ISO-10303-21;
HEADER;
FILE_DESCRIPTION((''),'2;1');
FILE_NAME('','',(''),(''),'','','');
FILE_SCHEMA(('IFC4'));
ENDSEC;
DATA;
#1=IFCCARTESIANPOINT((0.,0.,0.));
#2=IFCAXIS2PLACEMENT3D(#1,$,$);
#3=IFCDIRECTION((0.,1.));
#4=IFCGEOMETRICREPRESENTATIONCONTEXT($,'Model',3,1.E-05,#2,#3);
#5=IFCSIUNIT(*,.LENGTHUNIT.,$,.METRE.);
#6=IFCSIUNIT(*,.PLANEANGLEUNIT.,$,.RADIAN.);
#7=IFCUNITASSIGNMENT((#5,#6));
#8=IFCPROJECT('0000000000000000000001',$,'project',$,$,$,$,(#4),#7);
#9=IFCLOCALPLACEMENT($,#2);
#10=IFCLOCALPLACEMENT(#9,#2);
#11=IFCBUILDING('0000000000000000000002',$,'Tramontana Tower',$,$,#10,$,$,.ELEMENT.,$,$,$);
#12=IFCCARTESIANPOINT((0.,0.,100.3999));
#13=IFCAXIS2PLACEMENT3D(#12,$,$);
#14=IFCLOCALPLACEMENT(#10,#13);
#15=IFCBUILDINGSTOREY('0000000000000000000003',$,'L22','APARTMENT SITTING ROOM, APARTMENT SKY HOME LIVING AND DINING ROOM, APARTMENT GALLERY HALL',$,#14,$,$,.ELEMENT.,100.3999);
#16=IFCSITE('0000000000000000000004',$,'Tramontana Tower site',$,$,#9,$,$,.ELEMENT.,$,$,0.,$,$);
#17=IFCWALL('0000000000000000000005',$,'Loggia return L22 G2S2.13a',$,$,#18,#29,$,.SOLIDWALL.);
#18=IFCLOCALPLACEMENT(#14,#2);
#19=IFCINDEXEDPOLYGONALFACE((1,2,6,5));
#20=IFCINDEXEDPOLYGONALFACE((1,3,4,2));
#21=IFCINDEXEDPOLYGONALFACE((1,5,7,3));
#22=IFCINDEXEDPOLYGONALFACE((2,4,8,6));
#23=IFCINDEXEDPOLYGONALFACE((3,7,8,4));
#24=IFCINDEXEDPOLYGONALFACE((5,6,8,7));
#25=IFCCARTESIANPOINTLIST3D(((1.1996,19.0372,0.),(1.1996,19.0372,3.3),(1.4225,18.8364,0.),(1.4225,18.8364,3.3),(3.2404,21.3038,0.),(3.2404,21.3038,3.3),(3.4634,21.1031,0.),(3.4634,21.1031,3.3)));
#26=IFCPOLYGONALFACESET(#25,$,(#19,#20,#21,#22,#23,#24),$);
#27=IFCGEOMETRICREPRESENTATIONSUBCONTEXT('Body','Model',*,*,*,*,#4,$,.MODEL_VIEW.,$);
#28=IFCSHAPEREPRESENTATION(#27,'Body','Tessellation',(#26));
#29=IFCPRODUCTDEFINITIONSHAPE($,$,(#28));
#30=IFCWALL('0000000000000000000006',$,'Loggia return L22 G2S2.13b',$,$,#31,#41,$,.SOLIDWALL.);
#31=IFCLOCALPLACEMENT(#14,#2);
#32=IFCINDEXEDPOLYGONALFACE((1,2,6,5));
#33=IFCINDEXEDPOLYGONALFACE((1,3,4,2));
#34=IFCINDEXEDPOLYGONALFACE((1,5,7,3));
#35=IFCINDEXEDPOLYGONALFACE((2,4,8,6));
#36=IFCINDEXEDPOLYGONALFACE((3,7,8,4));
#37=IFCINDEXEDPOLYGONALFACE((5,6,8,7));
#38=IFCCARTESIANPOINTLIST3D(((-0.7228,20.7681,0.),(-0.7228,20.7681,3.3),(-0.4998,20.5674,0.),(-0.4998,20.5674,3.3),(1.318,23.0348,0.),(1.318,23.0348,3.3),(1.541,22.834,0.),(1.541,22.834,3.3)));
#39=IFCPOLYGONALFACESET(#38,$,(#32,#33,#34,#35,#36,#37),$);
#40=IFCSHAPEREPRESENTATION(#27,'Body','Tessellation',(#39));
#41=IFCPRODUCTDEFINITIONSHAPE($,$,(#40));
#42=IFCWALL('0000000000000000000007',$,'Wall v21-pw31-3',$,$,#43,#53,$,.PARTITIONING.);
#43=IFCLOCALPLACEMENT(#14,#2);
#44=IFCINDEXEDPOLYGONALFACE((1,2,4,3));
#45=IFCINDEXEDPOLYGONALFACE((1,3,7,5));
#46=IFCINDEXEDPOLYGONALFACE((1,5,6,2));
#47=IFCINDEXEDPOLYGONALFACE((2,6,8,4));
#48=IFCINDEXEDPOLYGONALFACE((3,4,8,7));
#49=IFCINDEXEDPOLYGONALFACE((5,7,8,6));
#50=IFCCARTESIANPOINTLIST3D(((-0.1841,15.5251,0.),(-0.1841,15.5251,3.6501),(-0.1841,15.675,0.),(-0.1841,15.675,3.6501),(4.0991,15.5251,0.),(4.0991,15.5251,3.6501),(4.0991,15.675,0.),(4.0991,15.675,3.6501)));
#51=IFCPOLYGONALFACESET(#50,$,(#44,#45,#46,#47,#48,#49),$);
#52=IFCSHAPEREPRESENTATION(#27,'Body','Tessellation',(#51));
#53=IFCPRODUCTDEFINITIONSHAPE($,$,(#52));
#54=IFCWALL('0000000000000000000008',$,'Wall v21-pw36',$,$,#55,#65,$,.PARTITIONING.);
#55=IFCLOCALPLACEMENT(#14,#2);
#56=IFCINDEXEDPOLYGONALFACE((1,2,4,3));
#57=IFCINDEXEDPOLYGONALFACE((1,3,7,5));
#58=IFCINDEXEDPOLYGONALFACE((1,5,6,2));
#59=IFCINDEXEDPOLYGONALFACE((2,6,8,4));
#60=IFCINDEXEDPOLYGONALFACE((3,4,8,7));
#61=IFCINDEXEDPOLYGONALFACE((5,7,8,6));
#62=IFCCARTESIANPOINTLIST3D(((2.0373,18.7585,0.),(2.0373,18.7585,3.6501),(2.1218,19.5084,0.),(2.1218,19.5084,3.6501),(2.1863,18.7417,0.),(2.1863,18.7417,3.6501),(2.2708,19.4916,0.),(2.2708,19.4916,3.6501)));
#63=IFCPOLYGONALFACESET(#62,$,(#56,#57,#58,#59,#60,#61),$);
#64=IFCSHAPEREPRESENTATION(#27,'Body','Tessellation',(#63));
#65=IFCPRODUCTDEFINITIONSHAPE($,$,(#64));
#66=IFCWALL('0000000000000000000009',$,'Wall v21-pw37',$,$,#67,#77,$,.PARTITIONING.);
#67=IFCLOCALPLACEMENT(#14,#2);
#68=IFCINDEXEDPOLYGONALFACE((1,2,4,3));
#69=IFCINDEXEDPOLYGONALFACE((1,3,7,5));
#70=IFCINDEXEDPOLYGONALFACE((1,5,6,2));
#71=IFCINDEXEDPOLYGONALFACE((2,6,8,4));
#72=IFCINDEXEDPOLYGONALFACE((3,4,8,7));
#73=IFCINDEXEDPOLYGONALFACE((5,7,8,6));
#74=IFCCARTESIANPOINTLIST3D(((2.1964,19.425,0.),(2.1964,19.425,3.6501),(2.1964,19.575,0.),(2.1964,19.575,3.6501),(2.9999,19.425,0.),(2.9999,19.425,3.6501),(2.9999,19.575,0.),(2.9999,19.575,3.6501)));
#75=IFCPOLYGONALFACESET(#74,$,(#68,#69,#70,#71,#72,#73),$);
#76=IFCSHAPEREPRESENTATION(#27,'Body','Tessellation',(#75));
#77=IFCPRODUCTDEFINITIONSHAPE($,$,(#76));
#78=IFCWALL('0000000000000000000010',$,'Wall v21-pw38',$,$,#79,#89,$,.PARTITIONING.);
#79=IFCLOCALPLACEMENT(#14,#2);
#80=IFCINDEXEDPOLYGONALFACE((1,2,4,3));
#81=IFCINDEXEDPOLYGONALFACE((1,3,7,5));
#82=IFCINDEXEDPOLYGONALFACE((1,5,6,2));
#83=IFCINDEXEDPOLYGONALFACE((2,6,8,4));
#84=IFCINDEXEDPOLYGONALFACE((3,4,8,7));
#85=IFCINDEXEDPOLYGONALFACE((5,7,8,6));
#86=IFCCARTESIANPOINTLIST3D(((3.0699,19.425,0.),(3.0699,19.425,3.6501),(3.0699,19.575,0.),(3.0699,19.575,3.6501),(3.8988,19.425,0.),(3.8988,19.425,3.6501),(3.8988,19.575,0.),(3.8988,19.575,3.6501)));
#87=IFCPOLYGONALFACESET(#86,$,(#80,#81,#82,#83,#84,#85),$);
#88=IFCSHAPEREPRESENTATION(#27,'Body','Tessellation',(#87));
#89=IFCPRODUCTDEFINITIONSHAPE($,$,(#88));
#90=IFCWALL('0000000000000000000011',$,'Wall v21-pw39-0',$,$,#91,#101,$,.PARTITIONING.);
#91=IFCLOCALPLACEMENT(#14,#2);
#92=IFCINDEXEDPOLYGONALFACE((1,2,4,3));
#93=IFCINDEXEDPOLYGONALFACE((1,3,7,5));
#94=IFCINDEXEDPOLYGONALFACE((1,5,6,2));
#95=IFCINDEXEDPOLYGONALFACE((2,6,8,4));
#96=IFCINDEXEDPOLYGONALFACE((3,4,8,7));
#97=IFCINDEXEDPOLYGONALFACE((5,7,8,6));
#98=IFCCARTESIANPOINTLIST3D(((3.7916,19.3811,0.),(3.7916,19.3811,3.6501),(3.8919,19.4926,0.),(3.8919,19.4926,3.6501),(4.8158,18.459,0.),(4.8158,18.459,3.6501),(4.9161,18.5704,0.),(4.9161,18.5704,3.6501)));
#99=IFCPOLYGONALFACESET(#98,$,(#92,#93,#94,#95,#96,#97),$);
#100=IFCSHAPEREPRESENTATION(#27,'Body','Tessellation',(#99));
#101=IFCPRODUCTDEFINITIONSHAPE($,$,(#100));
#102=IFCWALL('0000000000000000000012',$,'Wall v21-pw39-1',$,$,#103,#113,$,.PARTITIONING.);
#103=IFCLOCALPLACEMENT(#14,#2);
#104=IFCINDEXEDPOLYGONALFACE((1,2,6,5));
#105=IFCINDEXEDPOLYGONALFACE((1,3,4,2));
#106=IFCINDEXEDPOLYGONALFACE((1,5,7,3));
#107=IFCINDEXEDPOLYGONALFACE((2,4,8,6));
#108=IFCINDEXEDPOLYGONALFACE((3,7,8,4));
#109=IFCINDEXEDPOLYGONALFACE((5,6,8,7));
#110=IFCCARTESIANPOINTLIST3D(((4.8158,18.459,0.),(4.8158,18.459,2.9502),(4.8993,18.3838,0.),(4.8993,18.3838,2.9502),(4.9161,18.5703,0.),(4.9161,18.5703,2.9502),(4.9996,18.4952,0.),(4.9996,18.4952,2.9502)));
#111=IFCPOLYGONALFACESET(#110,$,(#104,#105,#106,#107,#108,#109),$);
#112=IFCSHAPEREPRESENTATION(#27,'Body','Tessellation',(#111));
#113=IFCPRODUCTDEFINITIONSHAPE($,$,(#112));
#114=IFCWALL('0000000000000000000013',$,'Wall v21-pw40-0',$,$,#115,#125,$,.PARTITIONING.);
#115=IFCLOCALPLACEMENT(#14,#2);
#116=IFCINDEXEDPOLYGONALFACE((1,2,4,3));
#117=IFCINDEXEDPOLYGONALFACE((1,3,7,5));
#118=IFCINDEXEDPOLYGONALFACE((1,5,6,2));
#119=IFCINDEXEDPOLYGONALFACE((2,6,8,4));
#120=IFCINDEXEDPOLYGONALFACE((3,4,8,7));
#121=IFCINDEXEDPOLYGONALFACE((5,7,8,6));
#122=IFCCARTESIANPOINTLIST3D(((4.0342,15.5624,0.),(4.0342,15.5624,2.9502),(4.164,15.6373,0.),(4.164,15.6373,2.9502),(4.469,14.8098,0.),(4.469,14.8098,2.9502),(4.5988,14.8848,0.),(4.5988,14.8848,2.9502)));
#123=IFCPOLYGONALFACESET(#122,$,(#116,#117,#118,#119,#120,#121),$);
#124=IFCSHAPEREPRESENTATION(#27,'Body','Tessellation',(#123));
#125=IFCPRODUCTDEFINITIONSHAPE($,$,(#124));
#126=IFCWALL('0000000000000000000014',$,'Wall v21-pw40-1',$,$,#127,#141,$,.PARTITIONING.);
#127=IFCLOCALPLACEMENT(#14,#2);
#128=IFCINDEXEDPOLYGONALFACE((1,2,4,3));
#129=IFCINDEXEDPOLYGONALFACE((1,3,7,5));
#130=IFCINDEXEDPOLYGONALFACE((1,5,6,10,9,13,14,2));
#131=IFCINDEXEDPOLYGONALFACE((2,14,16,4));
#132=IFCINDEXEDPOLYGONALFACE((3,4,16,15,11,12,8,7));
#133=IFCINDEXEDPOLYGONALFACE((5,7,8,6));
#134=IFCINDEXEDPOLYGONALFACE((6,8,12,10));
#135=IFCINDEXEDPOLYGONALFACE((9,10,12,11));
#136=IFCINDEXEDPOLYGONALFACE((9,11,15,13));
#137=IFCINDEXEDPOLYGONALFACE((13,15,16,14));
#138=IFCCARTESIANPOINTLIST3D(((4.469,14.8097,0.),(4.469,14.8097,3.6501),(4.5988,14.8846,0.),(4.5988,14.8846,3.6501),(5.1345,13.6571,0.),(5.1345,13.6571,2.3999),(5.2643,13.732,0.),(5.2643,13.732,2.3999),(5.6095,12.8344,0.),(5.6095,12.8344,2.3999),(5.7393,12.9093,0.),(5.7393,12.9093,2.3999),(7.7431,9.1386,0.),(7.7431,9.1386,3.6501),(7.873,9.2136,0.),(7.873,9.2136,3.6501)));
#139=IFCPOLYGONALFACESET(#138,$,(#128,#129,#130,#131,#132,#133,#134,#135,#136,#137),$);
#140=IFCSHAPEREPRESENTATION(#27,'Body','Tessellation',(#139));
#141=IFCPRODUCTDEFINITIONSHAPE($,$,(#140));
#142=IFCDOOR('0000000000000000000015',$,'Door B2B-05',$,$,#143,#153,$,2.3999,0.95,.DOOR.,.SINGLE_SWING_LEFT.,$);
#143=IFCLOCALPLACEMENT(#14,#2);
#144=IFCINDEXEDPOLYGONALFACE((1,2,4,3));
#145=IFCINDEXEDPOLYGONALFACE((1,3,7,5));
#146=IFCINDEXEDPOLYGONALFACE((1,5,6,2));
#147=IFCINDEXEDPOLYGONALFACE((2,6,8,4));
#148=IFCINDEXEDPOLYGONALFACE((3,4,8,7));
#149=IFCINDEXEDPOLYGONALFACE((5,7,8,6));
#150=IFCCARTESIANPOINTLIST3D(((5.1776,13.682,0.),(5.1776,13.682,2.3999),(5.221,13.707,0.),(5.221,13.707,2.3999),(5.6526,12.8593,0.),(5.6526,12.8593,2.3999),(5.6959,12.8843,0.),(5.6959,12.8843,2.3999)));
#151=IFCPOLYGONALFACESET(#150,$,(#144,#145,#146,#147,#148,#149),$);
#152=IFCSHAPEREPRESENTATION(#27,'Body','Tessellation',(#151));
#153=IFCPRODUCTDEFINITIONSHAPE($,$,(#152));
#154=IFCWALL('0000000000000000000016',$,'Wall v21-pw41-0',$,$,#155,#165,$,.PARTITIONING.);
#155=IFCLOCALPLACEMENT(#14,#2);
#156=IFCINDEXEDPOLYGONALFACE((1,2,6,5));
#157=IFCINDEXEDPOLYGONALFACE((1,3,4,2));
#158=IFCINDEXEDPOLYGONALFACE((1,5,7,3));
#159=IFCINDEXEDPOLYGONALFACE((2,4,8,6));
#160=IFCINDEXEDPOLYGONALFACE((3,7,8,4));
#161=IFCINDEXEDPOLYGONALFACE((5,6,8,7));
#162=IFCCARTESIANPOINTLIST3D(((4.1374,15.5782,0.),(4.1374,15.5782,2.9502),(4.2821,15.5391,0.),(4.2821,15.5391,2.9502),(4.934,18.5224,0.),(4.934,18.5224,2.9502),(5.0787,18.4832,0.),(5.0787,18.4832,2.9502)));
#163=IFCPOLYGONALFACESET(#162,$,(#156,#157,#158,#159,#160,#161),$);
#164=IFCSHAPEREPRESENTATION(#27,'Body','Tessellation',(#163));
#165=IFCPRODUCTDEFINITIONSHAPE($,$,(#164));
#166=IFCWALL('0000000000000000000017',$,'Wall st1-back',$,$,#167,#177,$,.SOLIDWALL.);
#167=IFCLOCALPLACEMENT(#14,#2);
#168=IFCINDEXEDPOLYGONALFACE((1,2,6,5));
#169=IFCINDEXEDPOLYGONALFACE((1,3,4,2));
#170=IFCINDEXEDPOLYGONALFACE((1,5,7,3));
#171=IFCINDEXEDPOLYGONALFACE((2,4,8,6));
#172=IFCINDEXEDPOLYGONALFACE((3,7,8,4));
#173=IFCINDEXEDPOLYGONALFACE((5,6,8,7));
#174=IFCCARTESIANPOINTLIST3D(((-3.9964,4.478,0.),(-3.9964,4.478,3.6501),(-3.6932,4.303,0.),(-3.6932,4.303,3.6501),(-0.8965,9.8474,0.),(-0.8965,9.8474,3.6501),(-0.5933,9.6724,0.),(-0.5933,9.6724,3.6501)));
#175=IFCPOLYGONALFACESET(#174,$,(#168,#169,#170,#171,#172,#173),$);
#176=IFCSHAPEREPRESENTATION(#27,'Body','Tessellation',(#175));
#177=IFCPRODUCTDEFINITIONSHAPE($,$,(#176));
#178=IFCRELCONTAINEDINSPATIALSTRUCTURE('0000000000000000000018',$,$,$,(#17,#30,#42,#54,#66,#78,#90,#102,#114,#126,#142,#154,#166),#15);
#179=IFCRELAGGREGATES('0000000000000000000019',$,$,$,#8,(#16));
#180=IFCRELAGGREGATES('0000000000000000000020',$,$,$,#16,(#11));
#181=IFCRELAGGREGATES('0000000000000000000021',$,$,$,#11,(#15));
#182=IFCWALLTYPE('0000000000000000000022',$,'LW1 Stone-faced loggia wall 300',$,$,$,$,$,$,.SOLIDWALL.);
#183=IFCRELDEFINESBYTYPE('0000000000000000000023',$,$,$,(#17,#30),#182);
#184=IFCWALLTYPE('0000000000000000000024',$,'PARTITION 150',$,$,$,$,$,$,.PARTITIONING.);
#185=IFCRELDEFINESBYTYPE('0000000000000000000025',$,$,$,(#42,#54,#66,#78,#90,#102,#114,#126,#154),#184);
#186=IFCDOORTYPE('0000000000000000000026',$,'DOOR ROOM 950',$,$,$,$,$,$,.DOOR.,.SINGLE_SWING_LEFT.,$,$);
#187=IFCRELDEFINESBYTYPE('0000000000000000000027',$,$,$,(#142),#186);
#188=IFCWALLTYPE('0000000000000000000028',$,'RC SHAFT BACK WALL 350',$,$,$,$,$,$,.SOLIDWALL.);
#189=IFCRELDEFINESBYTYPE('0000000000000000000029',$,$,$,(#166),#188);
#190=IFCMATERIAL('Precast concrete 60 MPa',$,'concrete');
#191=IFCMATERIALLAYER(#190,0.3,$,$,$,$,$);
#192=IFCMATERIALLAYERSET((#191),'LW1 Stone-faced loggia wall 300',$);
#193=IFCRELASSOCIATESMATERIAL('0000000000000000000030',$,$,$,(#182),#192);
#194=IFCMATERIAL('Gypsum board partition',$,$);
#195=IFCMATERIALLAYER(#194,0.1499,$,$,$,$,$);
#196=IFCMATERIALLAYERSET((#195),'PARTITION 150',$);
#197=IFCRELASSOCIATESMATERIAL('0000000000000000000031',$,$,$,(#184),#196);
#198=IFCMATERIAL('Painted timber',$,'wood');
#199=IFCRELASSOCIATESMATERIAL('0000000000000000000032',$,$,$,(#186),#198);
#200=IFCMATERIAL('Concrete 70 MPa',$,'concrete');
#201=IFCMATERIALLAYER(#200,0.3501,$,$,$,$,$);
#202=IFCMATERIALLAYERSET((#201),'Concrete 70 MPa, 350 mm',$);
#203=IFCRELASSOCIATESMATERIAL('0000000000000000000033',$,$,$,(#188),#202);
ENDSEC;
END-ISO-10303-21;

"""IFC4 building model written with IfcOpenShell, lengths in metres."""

from ifc_helpers import new_model, si_unit, direction, frame, frame_2d, origin, place, context, subcontext, project, spatial, rectangle, extrude, material, layer, layer_set, type_object, element, fill, save


model = new_model("IFC4")

# Units and contexts
model_context = context("Model", 3, precision=1e-05, world=origin(), true_north=direction((0.0, 1.0)))
body_context = subcontext(model_context, "Body", "Model", "MODEL_VIEW")
ifc_project = project(units=[si_unit("LENGTHUNIT", "METRE"), si_unit("PLANEANGLEUNIT", "RADIAN")], contexts=[model_context])

# Site, building, storey
site_placement = place(None, origin())
site = spatial("IfcSite", under=ifc_project, at=site_placement, Name="Tramontana Tower site", CompositionType="ELEMENT", RefElevation=0.0)
building_placement = place(site_placement, origin())
building = spatial("IfcBuilding", under=site, at=building_placement, Name="Tramontana Tower", CompositionType="ELEMENT")
storey_placement = place(building_placement, frame((0.0, 0.0, 100.3999)))
storey = spatial("IfcBuildingStorey", under=building, at=storey_placement, Name="L22", Description="APARTMENT SITTING ROOM, APARTMENT SKY HOME LIVING AND DINING ROOM, APARTMENT GALLERY HALL", CompositionType="ELEMENT", Elevation=100.3999)

# Shared definitions
ifc_material_1 = material(Name="Precast concrete 60 MPa", Category="concrete")
ifc_layer_1 = layer(ifc_material_1, 0.3)
ifc_layer_set_1 = layer_set([ifc_layer_1], Name="LW1 Stone-faced loggia wall 300")
wall_type_1 = type_object("IfcWallType", Name="LW1 Stone-faced loggia wall 300", PredefinedType="SOLIDWALL", material=ifc_layer_set_1)

# Walls
for number, where, z_axis, x_axis, name in (
    (1, (3.3518, 21.2034, 0.0), (0.0, 0.0, 1.0), (-0.669115, -0.743159, 0.0), "Loggia return L22 G2S2.13a"),
    (2, (1.4294, 22.9343, 0.0), (0.0, 0.0, 1.0), (-0.669115, -0.743159, 0.0), "Loggia return L22 G2S2.13b"),
):
    element("IfcWall", number, at=place(storey_placement, frame(where, z_axis=z_axis, x_axis=x_axis)), inside=storey, type_object=wall_type_1, Name=name, PredefinedType="SOLIDWALL", context=body_context, shape_type="SweptSolid", body=[
        extrude(rectangle(XDim=3.05, YDim=0.3, at=frame_2d((1.5249, 0.0))), origin(), (0.0, 0.0, 1.0), 3.3),
    ])
ifc_material_2 = material(Name="Gypsum board partition")
ifc_layer_2 = layer(ifc_material_2, 0.1499)
ifc_layer_set_2 = layer_set([ifc_layer_2], Name="PARTITION 150")
wall_type_2 = type_object("IfcWallType", Name="PARTITION 150", PredefinedType="PARTITIONING", material=ifc_layer_set_2)
wall_1_placement = place(storey_placement, frame((-0.1841, 15.6001, 0.0), z_axis=(0.0, 0.0, 1.0), x_axis=(1.0, 0.0, 0.0)))
element("IfcWall", 3, at=wall_1_placement, inside=storey, type_object=wall_type_2, Name="Wall v21-pw31-3", PredefinedType="PARTITIONING", context=body_context, shape_type="SweptSolid", body=[
    extrude(rectangle(XDim=4.2832, YDim=0.1499, at=frame_2d((2.1416, 0.0))), origin(), (0.0, 0.0, 1.0), 3.6501),
])

# Walls
wall_2_placement = place(storey_placement, frame((2.1118, 18.75, 0.0), z_axis=(0.0, 0.0, 1.0), x_axis=(0.111923, 0.993717, 0.0)))
element("IfcWall", 4, at=wall_2_placement, inside=storey, type_object=wall_type_2, Name="Wall v21-pw36", PredefinedType="PARTITIONING", context=body_context, shape_type="SweptSolid", body=[
    extrude(rectangle(XDim=0.7546, YDim=0.1499, at=frame_2d((0.3774, 0.0))), origin(), (0.0, 0.0, 1.0), 3.6501),
])
wall_3_placement = place(storey_placement, frame((2.1963, 19.5, 0.0), z_axis=(0.0, 0.0, 1.0), x_axis=(1.0, 0.0, 0.0)))
element("IfcWall", 5, at=wall_3_placement, inside=storey, type_object=wall_type_2, Name="Wall v21-pw37", PredefinedType="PARTITIONING", context=body_context, shape_type="SweptSolid", body=[
    extrude(rectangle(XDim=0.8035, YDim=0.1499, at=frame_2d((0.4019, 0.0))), origin(), (0.0, 0.0, 1.0), 3.6501),
])
wall_4_placement = place(storey_placement, frame((3.0698, 19.5, 0.0), z_axis=(0.0, 0.0, 1.0), x_axis=(1.0, 0.0, 0.0)))
element("IfcWall", 6, at=wall_4_placement, inside=storey, type_object=wall_type_2, Name="Wall v21-pw38", PredefinedType="PARTITIONING", context=body_context, shape_type="SweptSolid", body=[
    extrude(rectangle(XDim=0.8289, YDim=0.1499, at=frame_2d((0.4146, 0.0))), origin(), (0.0, 0.0, 1.0), 3.6501),
])
wall_5_placement = place(storey_placement, frame((3.8418, 19.4368, 0.0), z_axis=(0.0, 0.0, 1.0), x_axis=(0.743162, -0.669112, 0.0)))
element("IfcWall", 7, at=wall_5_placement, inside=storey, type_object=wall_type_2, Name="Wall v21-pw39-0", PredefinedType="PARTITIONING", context=body_context, shape_type="SweptSolid", body=[
    extrude(rectangle(XDim=1.3782, YDim=0.1499, at=frame_2d((0.689, 0.0))), origin(), (0.0, 0.0, 1.0), 3.6501),
])
wall_6_placement = place(storey_placement, frame((4.866, 18.5146, 0.0), z_axis=(0.0, 0.0, 1.0), x_axis=(0.743078, -0.669205, 0.0)))
element("IfcWall", 8, at=wall_6_placement, inside=storey, type_object=wall_type_2, Name="Wall v21-pw39-1", PredefinedType="PARTITIONING", context=body_context, shape_type="SweptSolid", body=[
    extrude(rectangle(XDim=0.1123, YDim=0.1499, at=frame_2d((0.0562, 0.0))), origin(), (0.0, 0.0, 1.0), 2.9502),
])
wall_7_placement = place(storey_placement, frame((4.0991, 15.5999, 0.0), z_axis=(0.0, 0.0, 1.0), x_axis=(0.500217, -0.8659, 0.0)))
element("IfcWall", 9, at=wall_7_placement, inside=storey, type_object=wall_type_2, Name="Wall v21-pw40-0", PredefinedType="PARTITIONING", context=body_context, shape_type="SweptSolid", body=[
    extrude(rectangle(XDim=0.8691, YDim=0.1499, at=frame_2d((0.4346, 0.0))), origin(), (0.0, 0.0, 1.0), 2.9502),
])

# Wall, opening, door
wall_8_placement = place(storey_placement, frame((4.5339, 14.8472, 0.0), z_axis=(0.0, 0.0, 1.0), x_axis=(0.499992, -0.86603, 0.0)))
wall_8 = element("IfcWall", 10, at=wall_8_placement, inside=storey, type_object=wall_type_2, Name="Wall v21-pw40-1", PredefinedType="PARTITIONING", context=body_context, shape_type="SweptSolid", body=[
    extrude(rectangle(XDim=6.5483, YDim=0.1499, at=frame_2d((3.2742, 0.0))), origin(), (0.0, 0.0, 1.0), 3.6501),
])
opening_1_placement = place(wall_8_placement, frame((1.3308, 0.0, 0.0)))
opening_1 = element("IfcOpeningElement", 11, at=opening_1_placement, cuts=wall_8, PredefinedType="OPENING", context=body_context, shape_type="SweptSolid", body=[
    extrude(rectangle(XDim=0.95, YDim=2.3999, at=frame_2d((0.4751, 1.2))), frame((0.0, 0.085, 0.0), z_axis=(0.0, -1.0, 0.0), x_axis=(1.0, 0.0, 0.0)), (0.0, 0.0, 1.0), 0.1699),
])
ifc_material_3 = material(Name="Painted timber", Category="wood")
door_type_1 = type_object("IfcDoorType", Name="DOOR ROOM 950", OperationType="SINGLE_SWING_LEFT", PredefinedType="DOOR", material=ifc_material_3)
door_1_placement = place(opening_1_placement, origin())
door_1 = element("IfcDoor", 12, at=door_1_placement, inside=storey, type_object=door_type_1, Name="Door B2B-05", OperationType="SINGLE_SWING_LEFT", OverallHeight=2.3999, OverallWidth=0.95, PredefinedType="DOOR", context=body_context, shape_type="SweptSolid", body=[
    extrude(rectangle(XDim=0.95, YDim=2.3999, at=frame_2d((0.4751, 1.2))), frame((0.0, 0.0249, 0.0), z_axis=(0.0, -1.0, 0.0), x_axis=(1.0, 0.0, 0.0)), (0.0, 0.0, 1.0), 0.05),
])
fill(opening_1, door_1)

# Walls
wall_9_placement = place(storey_placement, frame((5.0063, 18.5027, 0.0), z_axis=(0.0, 0.0, 1.0), x_axis=(-0.261193, -0.965287, 0.0)))
element("IfcWall", 13, at=wall_9_placement, inside=storey, type_object=wall_type_2, Name="Wall v21-pw41-0", PredefinedType="PARTITIONING", context=body_context, shape_type="SweptSolid", body=[
    extrude(rectangle(XDim=3.05, YDim=0.1499, at=frame_2d((1.5249, 0.0))), origin(), (0.0, 0.0, 1.0), 2.9502),
])
ifc_material_4 = material(Name="Concrete 70 MPa", Category="concrete")
ifc_layer_3 = layer(ifc_material_4, 0.3501)
ifc_layer_set_3 = layer_set([ifc_layer_3], Name="Concrete 70 MPa, 350 mm")
wall_type_3 = type_object("IfcWallType", Name="RC SHAFT BACK WALL 350", PredefinedType="SOLIDWALL", material=ifc_layer_set_3)
wall_10_placement = place(storey_placement, frame((-0.7449, 9.76, 0.0), z_axis=(0.0, 0.0, 1.0), x_axis=(-0.49998, -0.866037, 0.0)))
element("IfcWall", 14, at=wall_10_placement, inside=storey, type_object=wall_type_3, Name="Wall st1-back", PredefinedType="SOLIDWALL", context=body_context, shape_type="SweptSolid", body=[
    extrude(rectangle(XDim=6.2, YDim=0.3501, at=frame_2d((3.1001, 0.0))), origin(), (0.0, 0.0, 1.0), 3.6501),
])

save(model, "model.ifc")
